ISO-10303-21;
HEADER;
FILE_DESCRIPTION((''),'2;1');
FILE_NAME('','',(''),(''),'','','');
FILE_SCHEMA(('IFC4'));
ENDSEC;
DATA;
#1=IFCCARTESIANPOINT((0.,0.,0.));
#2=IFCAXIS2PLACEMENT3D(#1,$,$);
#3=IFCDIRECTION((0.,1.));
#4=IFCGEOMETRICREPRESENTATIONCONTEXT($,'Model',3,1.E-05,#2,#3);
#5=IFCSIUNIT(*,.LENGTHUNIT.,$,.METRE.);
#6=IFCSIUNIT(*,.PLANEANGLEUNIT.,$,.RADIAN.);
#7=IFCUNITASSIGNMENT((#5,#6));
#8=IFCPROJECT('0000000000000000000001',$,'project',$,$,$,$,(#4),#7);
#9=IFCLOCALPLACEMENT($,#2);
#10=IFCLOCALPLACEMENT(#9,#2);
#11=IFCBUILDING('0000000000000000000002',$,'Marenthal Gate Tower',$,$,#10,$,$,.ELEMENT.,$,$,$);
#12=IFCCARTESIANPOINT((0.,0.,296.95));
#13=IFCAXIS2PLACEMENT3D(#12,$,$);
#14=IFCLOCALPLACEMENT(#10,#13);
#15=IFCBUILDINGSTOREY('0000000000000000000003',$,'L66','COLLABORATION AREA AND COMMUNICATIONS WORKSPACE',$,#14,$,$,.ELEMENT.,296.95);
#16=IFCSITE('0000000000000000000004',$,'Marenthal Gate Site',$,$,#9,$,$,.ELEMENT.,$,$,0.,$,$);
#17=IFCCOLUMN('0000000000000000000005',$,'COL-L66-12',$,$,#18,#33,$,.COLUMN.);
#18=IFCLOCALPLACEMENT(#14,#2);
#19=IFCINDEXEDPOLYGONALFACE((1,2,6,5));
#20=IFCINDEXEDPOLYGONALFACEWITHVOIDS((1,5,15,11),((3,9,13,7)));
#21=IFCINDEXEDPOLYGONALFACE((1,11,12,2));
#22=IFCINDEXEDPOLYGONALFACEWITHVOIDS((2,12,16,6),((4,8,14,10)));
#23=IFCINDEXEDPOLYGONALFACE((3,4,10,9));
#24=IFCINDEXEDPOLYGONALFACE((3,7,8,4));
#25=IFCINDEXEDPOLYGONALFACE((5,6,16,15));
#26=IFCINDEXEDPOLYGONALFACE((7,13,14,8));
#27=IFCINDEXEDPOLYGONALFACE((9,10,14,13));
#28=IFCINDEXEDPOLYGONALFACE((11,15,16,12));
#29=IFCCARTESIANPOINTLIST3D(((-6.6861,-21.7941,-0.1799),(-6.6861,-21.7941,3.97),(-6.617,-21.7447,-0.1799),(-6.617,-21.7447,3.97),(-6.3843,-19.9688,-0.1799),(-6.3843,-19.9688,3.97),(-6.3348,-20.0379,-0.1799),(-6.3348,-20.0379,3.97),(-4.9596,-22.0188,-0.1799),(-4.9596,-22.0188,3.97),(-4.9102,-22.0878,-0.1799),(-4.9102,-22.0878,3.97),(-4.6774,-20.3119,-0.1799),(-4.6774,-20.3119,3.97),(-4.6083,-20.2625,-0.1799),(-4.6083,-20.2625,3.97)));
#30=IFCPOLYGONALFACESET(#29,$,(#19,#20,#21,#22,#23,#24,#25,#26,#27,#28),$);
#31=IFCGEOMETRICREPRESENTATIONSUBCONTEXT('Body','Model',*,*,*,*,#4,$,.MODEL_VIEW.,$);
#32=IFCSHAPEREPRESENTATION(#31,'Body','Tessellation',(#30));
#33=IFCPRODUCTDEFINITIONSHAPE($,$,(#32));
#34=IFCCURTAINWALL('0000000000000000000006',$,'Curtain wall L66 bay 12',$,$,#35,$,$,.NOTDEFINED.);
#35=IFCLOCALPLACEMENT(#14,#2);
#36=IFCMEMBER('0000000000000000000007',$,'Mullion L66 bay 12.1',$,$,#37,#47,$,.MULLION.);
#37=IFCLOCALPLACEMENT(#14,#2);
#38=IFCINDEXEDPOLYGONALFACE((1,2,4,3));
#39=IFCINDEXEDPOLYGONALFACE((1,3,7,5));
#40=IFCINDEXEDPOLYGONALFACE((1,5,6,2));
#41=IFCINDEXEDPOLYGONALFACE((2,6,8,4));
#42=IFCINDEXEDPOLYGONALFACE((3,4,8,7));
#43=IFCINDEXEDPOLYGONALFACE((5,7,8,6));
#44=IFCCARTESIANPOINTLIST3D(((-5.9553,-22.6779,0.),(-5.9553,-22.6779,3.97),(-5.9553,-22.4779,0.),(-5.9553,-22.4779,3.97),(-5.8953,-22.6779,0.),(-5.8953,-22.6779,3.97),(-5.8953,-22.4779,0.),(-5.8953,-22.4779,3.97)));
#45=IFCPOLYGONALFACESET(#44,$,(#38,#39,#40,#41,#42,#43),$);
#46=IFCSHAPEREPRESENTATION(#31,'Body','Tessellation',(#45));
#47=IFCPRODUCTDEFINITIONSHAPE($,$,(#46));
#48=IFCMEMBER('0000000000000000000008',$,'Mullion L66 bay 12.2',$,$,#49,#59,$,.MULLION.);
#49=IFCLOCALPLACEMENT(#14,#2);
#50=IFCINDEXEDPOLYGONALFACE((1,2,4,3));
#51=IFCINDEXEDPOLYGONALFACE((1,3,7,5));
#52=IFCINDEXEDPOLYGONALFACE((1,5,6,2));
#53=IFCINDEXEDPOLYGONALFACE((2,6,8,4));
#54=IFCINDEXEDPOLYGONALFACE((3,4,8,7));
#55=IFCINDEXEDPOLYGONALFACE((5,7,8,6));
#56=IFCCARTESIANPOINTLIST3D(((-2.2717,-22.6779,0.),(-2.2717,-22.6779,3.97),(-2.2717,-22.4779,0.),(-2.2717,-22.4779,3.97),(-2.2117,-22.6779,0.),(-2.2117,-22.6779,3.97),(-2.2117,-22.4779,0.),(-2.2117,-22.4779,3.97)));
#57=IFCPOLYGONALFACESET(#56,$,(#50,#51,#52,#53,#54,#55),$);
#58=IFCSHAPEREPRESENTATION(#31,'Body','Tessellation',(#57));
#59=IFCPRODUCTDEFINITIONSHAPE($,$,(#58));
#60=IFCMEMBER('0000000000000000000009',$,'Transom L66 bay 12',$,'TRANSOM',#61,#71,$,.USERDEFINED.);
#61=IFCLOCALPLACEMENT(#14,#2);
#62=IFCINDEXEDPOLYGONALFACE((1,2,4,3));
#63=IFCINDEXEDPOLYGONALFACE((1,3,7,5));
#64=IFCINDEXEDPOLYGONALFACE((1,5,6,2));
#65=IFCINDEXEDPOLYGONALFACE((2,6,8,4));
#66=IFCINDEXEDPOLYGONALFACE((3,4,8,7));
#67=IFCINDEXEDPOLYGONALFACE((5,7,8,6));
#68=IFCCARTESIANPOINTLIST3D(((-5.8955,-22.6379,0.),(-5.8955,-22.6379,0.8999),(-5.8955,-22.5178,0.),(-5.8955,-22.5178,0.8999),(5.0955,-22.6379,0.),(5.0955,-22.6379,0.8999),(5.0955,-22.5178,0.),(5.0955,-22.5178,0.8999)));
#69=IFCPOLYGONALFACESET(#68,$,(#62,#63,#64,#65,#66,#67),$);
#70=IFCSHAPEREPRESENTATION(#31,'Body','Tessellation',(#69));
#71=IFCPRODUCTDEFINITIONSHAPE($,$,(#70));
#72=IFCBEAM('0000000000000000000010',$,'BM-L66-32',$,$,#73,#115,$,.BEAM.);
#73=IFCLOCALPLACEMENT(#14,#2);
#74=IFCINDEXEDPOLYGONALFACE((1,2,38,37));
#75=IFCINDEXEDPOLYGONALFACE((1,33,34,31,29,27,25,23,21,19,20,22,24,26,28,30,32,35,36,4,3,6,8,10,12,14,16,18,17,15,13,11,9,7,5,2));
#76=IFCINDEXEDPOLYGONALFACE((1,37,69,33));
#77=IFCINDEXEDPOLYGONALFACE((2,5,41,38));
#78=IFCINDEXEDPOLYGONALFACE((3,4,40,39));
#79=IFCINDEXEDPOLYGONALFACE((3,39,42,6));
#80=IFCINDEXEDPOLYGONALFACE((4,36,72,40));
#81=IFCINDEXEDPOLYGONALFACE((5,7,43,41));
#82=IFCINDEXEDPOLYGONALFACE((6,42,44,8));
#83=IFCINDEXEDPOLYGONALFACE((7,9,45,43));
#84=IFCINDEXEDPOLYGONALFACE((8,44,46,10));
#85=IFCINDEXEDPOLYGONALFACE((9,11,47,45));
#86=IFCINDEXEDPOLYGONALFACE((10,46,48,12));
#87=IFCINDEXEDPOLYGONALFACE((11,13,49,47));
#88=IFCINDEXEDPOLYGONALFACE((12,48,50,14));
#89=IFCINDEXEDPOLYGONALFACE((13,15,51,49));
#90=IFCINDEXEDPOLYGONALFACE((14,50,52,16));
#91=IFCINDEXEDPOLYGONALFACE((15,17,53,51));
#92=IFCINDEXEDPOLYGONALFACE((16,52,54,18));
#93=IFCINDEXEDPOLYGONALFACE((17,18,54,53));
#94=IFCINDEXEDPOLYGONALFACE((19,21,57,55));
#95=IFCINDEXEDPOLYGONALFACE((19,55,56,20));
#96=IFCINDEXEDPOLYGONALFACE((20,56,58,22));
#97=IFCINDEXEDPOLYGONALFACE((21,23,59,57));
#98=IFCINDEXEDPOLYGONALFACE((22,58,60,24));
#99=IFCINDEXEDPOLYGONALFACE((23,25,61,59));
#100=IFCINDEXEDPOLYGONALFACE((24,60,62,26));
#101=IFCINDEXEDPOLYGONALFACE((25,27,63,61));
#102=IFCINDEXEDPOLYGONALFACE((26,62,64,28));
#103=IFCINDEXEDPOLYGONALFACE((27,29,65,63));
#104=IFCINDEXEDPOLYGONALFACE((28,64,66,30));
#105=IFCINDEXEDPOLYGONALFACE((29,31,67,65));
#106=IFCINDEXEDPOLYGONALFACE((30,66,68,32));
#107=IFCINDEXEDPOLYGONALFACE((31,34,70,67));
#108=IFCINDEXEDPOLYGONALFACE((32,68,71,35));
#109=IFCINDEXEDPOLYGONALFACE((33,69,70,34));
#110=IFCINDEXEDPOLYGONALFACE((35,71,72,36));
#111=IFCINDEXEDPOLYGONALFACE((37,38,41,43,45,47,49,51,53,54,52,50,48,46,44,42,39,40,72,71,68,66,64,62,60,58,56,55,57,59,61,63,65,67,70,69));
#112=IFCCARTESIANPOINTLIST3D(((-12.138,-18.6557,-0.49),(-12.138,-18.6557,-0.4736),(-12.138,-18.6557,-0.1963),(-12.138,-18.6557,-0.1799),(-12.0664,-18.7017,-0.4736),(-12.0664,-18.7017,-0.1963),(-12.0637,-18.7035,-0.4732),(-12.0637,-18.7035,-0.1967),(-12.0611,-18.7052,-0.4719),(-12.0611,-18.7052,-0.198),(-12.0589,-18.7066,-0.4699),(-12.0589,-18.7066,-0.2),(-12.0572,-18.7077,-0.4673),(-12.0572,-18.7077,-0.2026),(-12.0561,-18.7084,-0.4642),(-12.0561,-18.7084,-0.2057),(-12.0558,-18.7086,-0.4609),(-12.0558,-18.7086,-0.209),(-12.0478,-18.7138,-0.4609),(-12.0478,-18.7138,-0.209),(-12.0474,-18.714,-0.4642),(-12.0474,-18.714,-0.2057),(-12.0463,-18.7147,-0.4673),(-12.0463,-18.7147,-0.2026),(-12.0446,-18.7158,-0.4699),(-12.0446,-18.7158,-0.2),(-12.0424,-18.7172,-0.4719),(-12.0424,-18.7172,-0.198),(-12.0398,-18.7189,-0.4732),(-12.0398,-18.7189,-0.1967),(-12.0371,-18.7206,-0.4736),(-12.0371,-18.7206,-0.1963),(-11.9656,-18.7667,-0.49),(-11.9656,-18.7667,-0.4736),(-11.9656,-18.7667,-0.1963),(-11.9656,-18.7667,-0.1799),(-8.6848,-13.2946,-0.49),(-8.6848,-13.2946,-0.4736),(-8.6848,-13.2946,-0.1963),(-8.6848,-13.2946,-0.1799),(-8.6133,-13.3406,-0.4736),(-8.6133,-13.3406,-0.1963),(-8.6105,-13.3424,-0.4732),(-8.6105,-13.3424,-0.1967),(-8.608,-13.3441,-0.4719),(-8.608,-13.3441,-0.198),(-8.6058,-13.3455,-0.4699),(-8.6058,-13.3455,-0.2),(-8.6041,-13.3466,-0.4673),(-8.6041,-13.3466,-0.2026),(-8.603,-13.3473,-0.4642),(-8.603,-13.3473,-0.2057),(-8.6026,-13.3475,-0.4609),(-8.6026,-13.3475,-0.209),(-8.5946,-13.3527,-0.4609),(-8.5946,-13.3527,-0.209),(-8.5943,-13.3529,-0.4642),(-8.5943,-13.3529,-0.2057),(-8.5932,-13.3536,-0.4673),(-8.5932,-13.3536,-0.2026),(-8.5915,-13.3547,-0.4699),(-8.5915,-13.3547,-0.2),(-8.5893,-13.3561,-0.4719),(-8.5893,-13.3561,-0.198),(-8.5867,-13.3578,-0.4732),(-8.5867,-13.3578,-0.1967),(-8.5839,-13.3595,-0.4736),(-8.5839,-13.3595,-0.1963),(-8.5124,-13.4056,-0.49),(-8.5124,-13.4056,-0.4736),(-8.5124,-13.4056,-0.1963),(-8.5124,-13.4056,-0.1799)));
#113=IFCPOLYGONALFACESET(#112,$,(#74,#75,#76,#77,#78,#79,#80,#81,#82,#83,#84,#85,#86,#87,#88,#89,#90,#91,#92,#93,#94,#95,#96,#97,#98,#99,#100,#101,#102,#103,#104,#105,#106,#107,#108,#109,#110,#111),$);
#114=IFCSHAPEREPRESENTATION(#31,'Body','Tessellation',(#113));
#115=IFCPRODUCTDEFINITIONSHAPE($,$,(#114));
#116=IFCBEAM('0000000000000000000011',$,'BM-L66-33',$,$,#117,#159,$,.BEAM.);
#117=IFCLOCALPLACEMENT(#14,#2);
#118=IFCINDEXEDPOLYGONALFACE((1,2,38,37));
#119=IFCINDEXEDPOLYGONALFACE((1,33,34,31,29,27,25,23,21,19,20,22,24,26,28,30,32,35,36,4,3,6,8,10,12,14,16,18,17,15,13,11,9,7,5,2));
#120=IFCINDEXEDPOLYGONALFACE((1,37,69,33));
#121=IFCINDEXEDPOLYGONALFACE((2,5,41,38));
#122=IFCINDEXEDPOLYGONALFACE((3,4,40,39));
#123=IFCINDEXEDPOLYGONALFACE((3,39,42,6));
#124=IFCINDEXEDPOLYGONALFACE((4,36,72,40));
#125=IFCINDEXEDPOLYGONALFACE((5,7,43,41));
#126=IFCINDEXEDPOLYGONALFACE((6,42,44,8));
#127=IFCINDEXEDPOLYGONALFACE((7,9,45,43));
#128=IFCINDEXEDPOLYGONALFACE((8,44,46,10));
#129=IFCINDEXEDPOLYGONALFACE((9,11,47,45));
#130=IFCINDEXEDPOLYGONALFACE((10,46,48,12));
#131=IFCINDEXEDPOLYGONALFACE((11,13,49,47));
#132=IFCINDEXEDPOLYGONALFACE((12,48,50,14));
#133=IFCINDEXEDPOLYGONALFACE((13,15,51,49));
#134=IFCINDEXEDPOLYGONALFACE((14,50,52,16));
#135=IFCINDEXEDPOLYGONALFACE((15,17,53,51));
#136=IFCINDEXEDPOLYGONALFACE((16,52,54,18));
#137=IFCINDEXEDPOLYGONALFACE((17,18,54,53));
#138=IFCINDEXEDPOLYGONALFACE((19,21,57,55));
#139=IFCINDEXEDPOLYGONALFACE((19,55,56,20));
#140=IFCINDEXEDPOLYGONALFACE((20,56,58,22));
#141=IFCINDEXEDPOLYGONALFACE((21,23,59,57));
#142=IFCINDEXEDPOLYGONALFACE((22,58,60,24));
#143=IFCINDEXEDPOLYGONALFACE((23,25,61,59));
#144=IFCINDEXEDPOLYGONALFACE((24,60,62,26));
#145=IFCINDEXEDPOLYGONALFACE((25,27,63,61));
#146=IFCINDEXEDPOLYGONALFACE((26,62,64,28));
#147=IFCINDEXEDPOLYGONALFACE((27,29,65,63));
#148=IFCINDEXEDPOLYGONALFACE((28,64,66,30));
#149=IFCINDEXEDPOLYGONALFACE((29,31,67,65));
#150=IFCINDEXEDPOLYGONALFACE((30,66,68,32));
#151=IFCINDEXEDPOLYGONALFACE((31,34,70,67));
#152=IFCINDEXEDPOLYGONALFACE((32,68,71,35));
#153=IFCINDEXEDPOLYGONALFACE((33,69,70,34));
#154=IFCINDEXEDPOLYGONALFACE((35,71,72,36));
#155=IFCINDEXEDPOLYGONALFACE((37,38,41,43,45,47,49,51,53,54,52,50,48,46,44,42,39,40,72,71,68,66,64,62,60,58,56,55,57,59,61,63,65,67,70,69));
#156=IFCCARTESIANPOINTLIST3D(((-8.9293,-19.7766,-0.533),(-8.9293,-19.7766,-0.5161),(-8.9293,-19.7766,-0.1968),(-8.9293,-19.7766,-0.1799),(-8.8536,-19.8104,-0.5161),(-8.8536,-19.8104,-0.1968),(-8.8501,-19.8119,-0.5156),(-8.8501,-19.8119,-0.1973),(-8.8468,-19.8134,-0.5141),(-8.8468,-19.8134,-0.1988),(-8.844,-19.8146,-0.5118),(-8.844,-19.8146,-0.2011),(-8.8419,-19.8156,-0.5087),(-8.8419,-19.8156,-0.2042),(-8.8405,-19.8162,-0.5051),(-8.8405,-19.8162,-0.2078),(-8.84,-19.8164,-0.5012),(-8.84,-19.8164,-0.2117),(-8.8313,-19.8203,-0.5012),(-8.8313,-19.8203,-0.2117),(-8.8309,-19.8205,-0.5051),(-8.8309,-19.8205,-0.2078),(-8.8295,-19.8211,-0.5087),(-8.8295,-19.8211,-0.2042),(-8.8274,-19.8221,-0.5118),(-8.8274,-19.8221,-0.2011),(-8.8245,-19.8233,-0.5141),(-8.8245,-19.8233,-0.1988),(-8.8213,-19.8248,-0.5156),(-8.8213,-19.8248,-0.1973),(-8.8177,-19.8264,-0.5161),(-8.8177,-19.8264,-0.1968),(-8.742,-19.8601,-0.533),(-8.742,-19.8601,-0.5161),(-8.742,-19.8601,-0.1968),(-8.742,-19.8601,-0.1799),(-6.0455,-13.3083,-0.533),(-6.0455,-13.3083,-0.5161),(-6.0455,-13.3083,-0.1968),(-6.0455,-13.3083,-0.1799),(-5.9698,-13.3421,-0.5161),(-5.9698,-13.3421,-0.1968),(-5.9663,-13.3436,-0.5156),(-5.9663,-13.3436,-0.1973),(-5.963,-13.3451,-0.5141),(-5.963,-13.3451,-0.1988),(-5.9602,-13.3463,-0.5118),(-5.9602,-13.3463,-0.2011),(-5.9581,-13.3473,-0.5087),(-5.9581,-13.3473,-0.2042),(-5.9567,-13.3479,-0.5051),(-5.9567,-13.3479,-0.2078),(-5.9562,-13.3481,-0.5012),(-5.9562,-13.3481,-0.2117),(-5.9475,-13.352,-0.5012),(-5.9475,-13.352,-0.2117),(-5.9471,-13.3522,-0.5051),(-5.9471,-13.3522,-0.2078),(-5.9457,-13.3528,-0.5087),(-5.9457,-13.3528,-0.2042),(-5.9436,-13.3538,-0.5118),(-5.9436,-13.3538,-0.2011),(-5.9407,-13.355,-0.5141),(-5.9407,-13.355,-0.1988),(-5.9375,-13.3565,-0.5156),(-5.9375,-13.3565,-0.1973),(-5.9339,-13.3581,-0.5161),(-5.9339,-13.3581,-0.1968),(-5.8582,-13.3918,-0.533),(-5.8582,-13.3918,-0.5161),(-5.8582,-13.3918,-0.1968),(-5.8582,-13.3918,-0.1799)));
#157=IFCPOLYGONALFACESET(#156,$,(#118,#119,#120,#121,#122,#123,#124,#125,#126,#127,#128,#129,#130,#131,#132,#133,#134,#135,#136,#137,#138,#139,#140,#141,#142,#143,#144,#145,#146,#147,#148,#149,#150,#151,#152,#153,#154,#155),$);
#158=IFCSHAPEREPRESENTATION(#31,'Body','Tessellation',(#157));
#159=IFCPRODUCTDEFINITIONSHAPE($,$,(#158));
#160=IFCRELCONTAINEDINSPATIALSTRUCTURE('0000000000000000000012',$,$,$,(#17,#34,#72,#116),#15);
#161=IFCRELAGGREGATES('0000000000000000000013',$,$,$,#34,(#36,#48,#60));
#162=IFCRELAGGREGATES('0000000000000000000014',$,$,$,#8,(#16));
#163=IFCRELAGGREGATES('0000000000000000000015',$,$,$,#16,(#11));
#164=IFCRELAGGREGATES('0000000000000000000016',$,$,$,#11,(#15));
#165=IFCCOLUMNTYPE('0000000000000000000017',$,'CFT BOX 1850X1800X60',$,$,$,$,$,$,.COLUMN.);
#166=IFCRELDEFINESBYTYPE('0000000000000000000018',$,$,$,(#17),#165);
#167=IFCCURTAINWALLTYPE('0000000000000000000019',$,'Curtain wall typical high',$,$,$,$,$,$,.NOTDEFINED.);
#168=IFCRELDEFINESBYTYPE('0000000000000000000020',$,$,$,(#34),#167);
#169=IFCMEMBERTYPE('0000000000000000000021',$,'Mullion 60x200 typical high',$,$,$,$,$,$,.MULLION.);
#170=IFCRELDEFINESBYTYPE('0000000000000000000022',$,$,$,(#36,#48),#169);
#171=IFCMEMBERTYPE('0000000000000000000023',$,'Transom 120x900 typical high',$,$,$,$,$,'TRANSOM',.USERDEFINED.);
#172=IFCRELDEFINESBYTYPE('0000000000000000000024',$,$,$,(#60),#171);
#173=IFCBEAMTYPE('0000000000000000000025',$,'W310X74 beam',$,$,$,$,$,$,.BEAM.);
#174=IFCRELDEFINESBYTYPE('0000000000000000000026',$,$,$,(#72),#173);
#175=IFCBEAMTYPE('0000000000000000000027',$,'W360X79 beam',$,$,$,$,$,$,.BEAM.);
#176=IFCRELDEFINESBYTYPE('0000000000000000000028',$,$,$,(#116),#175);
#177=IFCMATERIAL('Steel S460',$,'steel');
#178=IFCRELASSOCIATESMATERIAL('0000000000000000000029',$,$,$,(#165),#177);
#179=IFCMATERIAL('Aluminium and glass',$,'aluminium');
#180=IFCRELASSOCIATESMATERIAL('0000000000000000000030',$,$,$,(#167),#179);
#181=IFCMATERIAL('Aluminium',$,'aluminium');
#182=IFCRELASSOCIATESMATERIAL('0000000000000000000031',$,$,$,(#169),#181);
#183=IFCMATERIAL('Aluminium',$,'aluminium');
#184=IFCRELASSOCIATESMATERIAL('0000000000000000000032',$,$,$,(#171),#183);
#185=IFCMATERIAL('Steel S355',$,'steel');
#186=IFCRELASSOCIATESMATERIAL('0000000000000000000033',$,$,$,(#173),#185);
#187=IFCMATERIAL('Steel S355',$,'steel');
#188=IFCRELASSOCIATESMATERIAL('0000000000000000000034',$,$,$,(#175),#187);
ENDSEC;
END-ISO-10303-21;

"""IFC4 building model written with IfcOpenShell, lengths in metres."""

from ifc_helpers import new_model, si_unit, direction, frame, origin, origin_2d, place, context, subcontext, project, spatial, rectangle, hollow_rectangle, i_section, extrude, material, material_profile, profile_set, type_object, element, aggregate, save


model = new_model("IFC4")

# Units and contexts
model_context = context("Model", 3, precision=1e-05, world=origin(), true_north=direction((0.0, 1.0)))
body_context = subcontext(model_context, "Body", "Model", "MODEL_VIEW")
ifc_project = project(units=[si_unit("LENGTHUNIT", "METRE"), si_unit("PLANEANGLEUNIT", "RADIAN")], contexts=[model_context])

# Site, building, storey
site_placement = place(None, origin())
site = spatial("IfcSite", under=ifc_project, at=site_placement, Name="Marenthal Gate Site", CompositionType="ELEMENT", RefElevation=0.0)
building_placement = place(site_placement, origin())
building = spatial("IfcBuilding", under=site, at=building_placement, Name="Marenthal Gate Tower", CompositionType="ELEMENT")
storey_placement = place(building_placement, frame((0.0, 0.0, 296.95)))
storey = spatial("IfcBuildingStorey", under=building, at=storey_placement, Name="L66", Description="COLLABORATION AREA AND COMMUNICATIONS WORKSPACE", CompositionType="ELEMENT", Elevation=296.95)

# Column
ifc_material_1 = material(Name="Steel S460", Category="steel")
ifc_material_profile_1 = material_profile(ifc_material_1, hollow_rectangle(XDim=1.8, YDim=1.8501, WallThickness=0.0601, at=origin_2d()), Name="CFT BOX 1850X1800X60")
ifc_material_2 = material(Name="Concrete 70 MPa", Category="concrete")
ifc_material_profile_2 = material_profile(ifc_material_2, rectangle(XDim=1.6799, YDim=1.73, at=origin_2d()), Name="CFT BOX 1850X1800X60 INFILL")
ifc_profile_set_1 = profile_set([ifc_material_profile_1, ifc_material_profile_2], Name="Steel S460 shell, Concrete 70 MPa infill")
column_type = type_object("IfcColumnType", Name="CFT BOX 1850X1800X60", PredefinedType="COLUMN", material=ifc_profile_set_1)
column_placement = place(storey_placement, frame((-5.6472, -21.0283, -0.1799), z_axis=(0.0, 0.0, 1.0), x_axis=(-0.986603, 0.163137, 0.0)))
element("IfcColumn", 1, at=column_placement, inside=storey, type_object=column_type, Name="COL-L66-12", PredefinedType="COLUMN", context=body_context, shape_type="SweptSolid", body=[
    extrude(hollow_rectangle(XDim=1.8, YDim=1.8501, WallThickness=0.0601, at=origin_2d()), origin(), (0.0, 0.0, 1.0), 4.1499),
])

# Curtain wall, members
ifc_material_3 = material(Name="Aluminium and glass", Category="aluminium")
curtain_wall_type = type_object("IfcCurtainWallType", Name="Curtain wall typical high", PredefinedType="NOTDEFINED", material=ifc_material_3)
curtain_wall_placement = place(storey_placement, origin())
curtain_wall = element("IfcCurtainWall", 2, at=curtain_wall_placement, inside=storey, type_object=curtain_wall_type, Name="Curtain wall L66 bay 12", PredefinedType="NOTDEFINED")
ifc_material_4 = material(Name="Aluminium", Category="aluminium")
ifc_material_profile_3 = material_profile(ifc_material_4, rectangle(XDim=0.2, YDim=0.0601, at=origin_2d()), Name="60x200 aluminium mullion")
ifc_profile_set_2 = profile_set([ifc_material_profile_3], Name="Aluminium")
member_type_1 = type_object("IfcMemberType", Name="Mullion 60x200 typical high", PredefinedType="MULLION", material=ifc_profile_set_2)
member_1_placement = place(storey_placement, frame((-5.9253, -22.5779, 0.0), z_axis=(0.0, 0.0, 1.0), x_axis=(0.0, 1.0, 0.0)))
member_1 = element("IfcMember", 3, at=member_1_placement, type_object=member_type_1, Name="Mullion L66 bay 12.1", PredefinedType="MULLION", context=body_context, shape_type="SweptSolid", body=[
    extrude(rectangle(XDim=0.2, YDim=0.0601, at=origin_2d()), origin(), (0.0, 0.0, 1.0), 3.97),
])
member_2_placement = place(storey_placement, frame((-2.2417, -22.5779, 0.0), z_axis=(0.0, 0.0, 1.0), x_axis=(0.0, 1.0, 0.0)))
member_2 = element("IfcMember", 4, at=member_2_placement, type_object=member_type_1, Name="Mullion L66 bay 12.2", PredefinedType="MULLION", context=body_context, shape_type="SweptSolid", body=[
    extrude(rectangle(XDim=0.2, YDim=0.0601, at=origin_2d()), origin(), (0.0, 0.0, 1.0), 3.97),
])
ifc_material_5 = material(Name="Aluminium", Category="aluminium")
ifc_material_profile_4 = material_profile(ifc_material_5, rectangle(XDim=0.1201, YDim=0.8999, at=origin_2d()), Name="120x900 aluminium transom")
ifc_profile_set_3 = profile_set([ifc_material_profile_4], Name="Aluminium")
member_type_2 = type_object("IfcMemberType", Name="Transom 120x900 typical high", ElementType="TRANSOM", PredefinedType="USERDEFINED", material=ifc_profile_set_3)
member_3_placement = place(storey_placement, frame((-5.8955, -22.5779, 0.45), z_axis=(1.0, 0.0, 0.0), x_axis=(0.0, 1.0, 0.0)))
member_3 = element("IfcMember", 5, at=member_3_placement, type_object=member_type_2, Name="Transom L66 bay 12", ObjectType="TRANSOM", PredefinedType="USERDEFINED", context=body_context, shape_type="SweptSolid", body=[
    extrude(rectangle(XDim=0.1201, YDim=0.8999, at=origin_2d()), origin(), (0.0, 0.0, 1.0), 10.991),
])

# Beams
ifc_material_6 = material(Name="Steel S355", Category="steel")
ifc_material_profile_5 = material_profile(ifc_material_6, i_section(OverallWidth=0.2051, OverallDepth=0.3101, WebThickness=0.0095, FlangeThickness=0.0164, FilletRadius=0.0127, at=origin_2d()), Name="W310X74")
ifc_profile_set_4 = profile_set([ifc_material_profile_5], Name="Steel S355")
beam_type_1 = type_object("IfcBeamType", Name="W310X74 beam", PredefinedType="BEAM", material=ifc_profile_set_4)
beam_1_placement = place(storey_placement, frame((-12.0518, -18.7112, -0.335), z_axis=(0.541502, 0.840699, 0.0), x_axis=(-0.840699, 0.541502, 0.0)))
element("IfcBeam", 6, at=beam_1_placement, inside=storey, type_object=beam_type_1, Name="BM-L66-32", PredefinedType="BEAM", context=body_context, shape_type="SweptSolid", body=[
    extrude(i_section(OverallWidth=0.2051, OverallDepth=0.3101, WebThickness=0.0095, FlangeThickness=0.0164, FilletRadius=0.0127, at=origin_2d()), origin(), (0.0, 0.0, 1.0), 6.377),
])
ifc_material_7 = material(Name="Steel S355", Category="steel")
ifc_material_profile_6 = material_profile(ifc_material_7, i_section(OverallWidth=0.2051, OverallDepth=0.353, WebThickness=0.0095, FlangeThickness=0.0168, FilletRadius=0.0149, at=origin_2d()), Name="W360X79")
ifc_profile_set_5 = profile_set([ifc_material_profile_6], Name="Steel S355")
beam_type_2 = type_object("IfcBeamType", Name="W360X79 beam", PredefinedType="BEAM", material=ifc_profile_set_5)
beam_2_placement = place(storey_placement, frame((-8.8357, -19.8184, -0.3564), z_axis=(0.4072, 0.913339, 0.0), x_axis=(-0.913339, 0.4072, 0.0)))
element("IfcBeam", 7, at=beam_2_placement, inside=storey, type_object=beam_type_2, Name="BM-L66-33", PredefinedType="BEAM", context=body_context, shape_type="SweptSolid", body=[
    extrude(i_section(OverallWidth=0.2051, OverallDepth=0.353, WebThickness=0.0095, FlangeThickness=0.0168, FilletRadius=0.0149, at=origin_2d()), origin(), (0.0, 0.0, 1.0), 7.082),
])

aggregate(curtain_wall, [member_1, member_2, member_3])

save(model, "model.ifc")
